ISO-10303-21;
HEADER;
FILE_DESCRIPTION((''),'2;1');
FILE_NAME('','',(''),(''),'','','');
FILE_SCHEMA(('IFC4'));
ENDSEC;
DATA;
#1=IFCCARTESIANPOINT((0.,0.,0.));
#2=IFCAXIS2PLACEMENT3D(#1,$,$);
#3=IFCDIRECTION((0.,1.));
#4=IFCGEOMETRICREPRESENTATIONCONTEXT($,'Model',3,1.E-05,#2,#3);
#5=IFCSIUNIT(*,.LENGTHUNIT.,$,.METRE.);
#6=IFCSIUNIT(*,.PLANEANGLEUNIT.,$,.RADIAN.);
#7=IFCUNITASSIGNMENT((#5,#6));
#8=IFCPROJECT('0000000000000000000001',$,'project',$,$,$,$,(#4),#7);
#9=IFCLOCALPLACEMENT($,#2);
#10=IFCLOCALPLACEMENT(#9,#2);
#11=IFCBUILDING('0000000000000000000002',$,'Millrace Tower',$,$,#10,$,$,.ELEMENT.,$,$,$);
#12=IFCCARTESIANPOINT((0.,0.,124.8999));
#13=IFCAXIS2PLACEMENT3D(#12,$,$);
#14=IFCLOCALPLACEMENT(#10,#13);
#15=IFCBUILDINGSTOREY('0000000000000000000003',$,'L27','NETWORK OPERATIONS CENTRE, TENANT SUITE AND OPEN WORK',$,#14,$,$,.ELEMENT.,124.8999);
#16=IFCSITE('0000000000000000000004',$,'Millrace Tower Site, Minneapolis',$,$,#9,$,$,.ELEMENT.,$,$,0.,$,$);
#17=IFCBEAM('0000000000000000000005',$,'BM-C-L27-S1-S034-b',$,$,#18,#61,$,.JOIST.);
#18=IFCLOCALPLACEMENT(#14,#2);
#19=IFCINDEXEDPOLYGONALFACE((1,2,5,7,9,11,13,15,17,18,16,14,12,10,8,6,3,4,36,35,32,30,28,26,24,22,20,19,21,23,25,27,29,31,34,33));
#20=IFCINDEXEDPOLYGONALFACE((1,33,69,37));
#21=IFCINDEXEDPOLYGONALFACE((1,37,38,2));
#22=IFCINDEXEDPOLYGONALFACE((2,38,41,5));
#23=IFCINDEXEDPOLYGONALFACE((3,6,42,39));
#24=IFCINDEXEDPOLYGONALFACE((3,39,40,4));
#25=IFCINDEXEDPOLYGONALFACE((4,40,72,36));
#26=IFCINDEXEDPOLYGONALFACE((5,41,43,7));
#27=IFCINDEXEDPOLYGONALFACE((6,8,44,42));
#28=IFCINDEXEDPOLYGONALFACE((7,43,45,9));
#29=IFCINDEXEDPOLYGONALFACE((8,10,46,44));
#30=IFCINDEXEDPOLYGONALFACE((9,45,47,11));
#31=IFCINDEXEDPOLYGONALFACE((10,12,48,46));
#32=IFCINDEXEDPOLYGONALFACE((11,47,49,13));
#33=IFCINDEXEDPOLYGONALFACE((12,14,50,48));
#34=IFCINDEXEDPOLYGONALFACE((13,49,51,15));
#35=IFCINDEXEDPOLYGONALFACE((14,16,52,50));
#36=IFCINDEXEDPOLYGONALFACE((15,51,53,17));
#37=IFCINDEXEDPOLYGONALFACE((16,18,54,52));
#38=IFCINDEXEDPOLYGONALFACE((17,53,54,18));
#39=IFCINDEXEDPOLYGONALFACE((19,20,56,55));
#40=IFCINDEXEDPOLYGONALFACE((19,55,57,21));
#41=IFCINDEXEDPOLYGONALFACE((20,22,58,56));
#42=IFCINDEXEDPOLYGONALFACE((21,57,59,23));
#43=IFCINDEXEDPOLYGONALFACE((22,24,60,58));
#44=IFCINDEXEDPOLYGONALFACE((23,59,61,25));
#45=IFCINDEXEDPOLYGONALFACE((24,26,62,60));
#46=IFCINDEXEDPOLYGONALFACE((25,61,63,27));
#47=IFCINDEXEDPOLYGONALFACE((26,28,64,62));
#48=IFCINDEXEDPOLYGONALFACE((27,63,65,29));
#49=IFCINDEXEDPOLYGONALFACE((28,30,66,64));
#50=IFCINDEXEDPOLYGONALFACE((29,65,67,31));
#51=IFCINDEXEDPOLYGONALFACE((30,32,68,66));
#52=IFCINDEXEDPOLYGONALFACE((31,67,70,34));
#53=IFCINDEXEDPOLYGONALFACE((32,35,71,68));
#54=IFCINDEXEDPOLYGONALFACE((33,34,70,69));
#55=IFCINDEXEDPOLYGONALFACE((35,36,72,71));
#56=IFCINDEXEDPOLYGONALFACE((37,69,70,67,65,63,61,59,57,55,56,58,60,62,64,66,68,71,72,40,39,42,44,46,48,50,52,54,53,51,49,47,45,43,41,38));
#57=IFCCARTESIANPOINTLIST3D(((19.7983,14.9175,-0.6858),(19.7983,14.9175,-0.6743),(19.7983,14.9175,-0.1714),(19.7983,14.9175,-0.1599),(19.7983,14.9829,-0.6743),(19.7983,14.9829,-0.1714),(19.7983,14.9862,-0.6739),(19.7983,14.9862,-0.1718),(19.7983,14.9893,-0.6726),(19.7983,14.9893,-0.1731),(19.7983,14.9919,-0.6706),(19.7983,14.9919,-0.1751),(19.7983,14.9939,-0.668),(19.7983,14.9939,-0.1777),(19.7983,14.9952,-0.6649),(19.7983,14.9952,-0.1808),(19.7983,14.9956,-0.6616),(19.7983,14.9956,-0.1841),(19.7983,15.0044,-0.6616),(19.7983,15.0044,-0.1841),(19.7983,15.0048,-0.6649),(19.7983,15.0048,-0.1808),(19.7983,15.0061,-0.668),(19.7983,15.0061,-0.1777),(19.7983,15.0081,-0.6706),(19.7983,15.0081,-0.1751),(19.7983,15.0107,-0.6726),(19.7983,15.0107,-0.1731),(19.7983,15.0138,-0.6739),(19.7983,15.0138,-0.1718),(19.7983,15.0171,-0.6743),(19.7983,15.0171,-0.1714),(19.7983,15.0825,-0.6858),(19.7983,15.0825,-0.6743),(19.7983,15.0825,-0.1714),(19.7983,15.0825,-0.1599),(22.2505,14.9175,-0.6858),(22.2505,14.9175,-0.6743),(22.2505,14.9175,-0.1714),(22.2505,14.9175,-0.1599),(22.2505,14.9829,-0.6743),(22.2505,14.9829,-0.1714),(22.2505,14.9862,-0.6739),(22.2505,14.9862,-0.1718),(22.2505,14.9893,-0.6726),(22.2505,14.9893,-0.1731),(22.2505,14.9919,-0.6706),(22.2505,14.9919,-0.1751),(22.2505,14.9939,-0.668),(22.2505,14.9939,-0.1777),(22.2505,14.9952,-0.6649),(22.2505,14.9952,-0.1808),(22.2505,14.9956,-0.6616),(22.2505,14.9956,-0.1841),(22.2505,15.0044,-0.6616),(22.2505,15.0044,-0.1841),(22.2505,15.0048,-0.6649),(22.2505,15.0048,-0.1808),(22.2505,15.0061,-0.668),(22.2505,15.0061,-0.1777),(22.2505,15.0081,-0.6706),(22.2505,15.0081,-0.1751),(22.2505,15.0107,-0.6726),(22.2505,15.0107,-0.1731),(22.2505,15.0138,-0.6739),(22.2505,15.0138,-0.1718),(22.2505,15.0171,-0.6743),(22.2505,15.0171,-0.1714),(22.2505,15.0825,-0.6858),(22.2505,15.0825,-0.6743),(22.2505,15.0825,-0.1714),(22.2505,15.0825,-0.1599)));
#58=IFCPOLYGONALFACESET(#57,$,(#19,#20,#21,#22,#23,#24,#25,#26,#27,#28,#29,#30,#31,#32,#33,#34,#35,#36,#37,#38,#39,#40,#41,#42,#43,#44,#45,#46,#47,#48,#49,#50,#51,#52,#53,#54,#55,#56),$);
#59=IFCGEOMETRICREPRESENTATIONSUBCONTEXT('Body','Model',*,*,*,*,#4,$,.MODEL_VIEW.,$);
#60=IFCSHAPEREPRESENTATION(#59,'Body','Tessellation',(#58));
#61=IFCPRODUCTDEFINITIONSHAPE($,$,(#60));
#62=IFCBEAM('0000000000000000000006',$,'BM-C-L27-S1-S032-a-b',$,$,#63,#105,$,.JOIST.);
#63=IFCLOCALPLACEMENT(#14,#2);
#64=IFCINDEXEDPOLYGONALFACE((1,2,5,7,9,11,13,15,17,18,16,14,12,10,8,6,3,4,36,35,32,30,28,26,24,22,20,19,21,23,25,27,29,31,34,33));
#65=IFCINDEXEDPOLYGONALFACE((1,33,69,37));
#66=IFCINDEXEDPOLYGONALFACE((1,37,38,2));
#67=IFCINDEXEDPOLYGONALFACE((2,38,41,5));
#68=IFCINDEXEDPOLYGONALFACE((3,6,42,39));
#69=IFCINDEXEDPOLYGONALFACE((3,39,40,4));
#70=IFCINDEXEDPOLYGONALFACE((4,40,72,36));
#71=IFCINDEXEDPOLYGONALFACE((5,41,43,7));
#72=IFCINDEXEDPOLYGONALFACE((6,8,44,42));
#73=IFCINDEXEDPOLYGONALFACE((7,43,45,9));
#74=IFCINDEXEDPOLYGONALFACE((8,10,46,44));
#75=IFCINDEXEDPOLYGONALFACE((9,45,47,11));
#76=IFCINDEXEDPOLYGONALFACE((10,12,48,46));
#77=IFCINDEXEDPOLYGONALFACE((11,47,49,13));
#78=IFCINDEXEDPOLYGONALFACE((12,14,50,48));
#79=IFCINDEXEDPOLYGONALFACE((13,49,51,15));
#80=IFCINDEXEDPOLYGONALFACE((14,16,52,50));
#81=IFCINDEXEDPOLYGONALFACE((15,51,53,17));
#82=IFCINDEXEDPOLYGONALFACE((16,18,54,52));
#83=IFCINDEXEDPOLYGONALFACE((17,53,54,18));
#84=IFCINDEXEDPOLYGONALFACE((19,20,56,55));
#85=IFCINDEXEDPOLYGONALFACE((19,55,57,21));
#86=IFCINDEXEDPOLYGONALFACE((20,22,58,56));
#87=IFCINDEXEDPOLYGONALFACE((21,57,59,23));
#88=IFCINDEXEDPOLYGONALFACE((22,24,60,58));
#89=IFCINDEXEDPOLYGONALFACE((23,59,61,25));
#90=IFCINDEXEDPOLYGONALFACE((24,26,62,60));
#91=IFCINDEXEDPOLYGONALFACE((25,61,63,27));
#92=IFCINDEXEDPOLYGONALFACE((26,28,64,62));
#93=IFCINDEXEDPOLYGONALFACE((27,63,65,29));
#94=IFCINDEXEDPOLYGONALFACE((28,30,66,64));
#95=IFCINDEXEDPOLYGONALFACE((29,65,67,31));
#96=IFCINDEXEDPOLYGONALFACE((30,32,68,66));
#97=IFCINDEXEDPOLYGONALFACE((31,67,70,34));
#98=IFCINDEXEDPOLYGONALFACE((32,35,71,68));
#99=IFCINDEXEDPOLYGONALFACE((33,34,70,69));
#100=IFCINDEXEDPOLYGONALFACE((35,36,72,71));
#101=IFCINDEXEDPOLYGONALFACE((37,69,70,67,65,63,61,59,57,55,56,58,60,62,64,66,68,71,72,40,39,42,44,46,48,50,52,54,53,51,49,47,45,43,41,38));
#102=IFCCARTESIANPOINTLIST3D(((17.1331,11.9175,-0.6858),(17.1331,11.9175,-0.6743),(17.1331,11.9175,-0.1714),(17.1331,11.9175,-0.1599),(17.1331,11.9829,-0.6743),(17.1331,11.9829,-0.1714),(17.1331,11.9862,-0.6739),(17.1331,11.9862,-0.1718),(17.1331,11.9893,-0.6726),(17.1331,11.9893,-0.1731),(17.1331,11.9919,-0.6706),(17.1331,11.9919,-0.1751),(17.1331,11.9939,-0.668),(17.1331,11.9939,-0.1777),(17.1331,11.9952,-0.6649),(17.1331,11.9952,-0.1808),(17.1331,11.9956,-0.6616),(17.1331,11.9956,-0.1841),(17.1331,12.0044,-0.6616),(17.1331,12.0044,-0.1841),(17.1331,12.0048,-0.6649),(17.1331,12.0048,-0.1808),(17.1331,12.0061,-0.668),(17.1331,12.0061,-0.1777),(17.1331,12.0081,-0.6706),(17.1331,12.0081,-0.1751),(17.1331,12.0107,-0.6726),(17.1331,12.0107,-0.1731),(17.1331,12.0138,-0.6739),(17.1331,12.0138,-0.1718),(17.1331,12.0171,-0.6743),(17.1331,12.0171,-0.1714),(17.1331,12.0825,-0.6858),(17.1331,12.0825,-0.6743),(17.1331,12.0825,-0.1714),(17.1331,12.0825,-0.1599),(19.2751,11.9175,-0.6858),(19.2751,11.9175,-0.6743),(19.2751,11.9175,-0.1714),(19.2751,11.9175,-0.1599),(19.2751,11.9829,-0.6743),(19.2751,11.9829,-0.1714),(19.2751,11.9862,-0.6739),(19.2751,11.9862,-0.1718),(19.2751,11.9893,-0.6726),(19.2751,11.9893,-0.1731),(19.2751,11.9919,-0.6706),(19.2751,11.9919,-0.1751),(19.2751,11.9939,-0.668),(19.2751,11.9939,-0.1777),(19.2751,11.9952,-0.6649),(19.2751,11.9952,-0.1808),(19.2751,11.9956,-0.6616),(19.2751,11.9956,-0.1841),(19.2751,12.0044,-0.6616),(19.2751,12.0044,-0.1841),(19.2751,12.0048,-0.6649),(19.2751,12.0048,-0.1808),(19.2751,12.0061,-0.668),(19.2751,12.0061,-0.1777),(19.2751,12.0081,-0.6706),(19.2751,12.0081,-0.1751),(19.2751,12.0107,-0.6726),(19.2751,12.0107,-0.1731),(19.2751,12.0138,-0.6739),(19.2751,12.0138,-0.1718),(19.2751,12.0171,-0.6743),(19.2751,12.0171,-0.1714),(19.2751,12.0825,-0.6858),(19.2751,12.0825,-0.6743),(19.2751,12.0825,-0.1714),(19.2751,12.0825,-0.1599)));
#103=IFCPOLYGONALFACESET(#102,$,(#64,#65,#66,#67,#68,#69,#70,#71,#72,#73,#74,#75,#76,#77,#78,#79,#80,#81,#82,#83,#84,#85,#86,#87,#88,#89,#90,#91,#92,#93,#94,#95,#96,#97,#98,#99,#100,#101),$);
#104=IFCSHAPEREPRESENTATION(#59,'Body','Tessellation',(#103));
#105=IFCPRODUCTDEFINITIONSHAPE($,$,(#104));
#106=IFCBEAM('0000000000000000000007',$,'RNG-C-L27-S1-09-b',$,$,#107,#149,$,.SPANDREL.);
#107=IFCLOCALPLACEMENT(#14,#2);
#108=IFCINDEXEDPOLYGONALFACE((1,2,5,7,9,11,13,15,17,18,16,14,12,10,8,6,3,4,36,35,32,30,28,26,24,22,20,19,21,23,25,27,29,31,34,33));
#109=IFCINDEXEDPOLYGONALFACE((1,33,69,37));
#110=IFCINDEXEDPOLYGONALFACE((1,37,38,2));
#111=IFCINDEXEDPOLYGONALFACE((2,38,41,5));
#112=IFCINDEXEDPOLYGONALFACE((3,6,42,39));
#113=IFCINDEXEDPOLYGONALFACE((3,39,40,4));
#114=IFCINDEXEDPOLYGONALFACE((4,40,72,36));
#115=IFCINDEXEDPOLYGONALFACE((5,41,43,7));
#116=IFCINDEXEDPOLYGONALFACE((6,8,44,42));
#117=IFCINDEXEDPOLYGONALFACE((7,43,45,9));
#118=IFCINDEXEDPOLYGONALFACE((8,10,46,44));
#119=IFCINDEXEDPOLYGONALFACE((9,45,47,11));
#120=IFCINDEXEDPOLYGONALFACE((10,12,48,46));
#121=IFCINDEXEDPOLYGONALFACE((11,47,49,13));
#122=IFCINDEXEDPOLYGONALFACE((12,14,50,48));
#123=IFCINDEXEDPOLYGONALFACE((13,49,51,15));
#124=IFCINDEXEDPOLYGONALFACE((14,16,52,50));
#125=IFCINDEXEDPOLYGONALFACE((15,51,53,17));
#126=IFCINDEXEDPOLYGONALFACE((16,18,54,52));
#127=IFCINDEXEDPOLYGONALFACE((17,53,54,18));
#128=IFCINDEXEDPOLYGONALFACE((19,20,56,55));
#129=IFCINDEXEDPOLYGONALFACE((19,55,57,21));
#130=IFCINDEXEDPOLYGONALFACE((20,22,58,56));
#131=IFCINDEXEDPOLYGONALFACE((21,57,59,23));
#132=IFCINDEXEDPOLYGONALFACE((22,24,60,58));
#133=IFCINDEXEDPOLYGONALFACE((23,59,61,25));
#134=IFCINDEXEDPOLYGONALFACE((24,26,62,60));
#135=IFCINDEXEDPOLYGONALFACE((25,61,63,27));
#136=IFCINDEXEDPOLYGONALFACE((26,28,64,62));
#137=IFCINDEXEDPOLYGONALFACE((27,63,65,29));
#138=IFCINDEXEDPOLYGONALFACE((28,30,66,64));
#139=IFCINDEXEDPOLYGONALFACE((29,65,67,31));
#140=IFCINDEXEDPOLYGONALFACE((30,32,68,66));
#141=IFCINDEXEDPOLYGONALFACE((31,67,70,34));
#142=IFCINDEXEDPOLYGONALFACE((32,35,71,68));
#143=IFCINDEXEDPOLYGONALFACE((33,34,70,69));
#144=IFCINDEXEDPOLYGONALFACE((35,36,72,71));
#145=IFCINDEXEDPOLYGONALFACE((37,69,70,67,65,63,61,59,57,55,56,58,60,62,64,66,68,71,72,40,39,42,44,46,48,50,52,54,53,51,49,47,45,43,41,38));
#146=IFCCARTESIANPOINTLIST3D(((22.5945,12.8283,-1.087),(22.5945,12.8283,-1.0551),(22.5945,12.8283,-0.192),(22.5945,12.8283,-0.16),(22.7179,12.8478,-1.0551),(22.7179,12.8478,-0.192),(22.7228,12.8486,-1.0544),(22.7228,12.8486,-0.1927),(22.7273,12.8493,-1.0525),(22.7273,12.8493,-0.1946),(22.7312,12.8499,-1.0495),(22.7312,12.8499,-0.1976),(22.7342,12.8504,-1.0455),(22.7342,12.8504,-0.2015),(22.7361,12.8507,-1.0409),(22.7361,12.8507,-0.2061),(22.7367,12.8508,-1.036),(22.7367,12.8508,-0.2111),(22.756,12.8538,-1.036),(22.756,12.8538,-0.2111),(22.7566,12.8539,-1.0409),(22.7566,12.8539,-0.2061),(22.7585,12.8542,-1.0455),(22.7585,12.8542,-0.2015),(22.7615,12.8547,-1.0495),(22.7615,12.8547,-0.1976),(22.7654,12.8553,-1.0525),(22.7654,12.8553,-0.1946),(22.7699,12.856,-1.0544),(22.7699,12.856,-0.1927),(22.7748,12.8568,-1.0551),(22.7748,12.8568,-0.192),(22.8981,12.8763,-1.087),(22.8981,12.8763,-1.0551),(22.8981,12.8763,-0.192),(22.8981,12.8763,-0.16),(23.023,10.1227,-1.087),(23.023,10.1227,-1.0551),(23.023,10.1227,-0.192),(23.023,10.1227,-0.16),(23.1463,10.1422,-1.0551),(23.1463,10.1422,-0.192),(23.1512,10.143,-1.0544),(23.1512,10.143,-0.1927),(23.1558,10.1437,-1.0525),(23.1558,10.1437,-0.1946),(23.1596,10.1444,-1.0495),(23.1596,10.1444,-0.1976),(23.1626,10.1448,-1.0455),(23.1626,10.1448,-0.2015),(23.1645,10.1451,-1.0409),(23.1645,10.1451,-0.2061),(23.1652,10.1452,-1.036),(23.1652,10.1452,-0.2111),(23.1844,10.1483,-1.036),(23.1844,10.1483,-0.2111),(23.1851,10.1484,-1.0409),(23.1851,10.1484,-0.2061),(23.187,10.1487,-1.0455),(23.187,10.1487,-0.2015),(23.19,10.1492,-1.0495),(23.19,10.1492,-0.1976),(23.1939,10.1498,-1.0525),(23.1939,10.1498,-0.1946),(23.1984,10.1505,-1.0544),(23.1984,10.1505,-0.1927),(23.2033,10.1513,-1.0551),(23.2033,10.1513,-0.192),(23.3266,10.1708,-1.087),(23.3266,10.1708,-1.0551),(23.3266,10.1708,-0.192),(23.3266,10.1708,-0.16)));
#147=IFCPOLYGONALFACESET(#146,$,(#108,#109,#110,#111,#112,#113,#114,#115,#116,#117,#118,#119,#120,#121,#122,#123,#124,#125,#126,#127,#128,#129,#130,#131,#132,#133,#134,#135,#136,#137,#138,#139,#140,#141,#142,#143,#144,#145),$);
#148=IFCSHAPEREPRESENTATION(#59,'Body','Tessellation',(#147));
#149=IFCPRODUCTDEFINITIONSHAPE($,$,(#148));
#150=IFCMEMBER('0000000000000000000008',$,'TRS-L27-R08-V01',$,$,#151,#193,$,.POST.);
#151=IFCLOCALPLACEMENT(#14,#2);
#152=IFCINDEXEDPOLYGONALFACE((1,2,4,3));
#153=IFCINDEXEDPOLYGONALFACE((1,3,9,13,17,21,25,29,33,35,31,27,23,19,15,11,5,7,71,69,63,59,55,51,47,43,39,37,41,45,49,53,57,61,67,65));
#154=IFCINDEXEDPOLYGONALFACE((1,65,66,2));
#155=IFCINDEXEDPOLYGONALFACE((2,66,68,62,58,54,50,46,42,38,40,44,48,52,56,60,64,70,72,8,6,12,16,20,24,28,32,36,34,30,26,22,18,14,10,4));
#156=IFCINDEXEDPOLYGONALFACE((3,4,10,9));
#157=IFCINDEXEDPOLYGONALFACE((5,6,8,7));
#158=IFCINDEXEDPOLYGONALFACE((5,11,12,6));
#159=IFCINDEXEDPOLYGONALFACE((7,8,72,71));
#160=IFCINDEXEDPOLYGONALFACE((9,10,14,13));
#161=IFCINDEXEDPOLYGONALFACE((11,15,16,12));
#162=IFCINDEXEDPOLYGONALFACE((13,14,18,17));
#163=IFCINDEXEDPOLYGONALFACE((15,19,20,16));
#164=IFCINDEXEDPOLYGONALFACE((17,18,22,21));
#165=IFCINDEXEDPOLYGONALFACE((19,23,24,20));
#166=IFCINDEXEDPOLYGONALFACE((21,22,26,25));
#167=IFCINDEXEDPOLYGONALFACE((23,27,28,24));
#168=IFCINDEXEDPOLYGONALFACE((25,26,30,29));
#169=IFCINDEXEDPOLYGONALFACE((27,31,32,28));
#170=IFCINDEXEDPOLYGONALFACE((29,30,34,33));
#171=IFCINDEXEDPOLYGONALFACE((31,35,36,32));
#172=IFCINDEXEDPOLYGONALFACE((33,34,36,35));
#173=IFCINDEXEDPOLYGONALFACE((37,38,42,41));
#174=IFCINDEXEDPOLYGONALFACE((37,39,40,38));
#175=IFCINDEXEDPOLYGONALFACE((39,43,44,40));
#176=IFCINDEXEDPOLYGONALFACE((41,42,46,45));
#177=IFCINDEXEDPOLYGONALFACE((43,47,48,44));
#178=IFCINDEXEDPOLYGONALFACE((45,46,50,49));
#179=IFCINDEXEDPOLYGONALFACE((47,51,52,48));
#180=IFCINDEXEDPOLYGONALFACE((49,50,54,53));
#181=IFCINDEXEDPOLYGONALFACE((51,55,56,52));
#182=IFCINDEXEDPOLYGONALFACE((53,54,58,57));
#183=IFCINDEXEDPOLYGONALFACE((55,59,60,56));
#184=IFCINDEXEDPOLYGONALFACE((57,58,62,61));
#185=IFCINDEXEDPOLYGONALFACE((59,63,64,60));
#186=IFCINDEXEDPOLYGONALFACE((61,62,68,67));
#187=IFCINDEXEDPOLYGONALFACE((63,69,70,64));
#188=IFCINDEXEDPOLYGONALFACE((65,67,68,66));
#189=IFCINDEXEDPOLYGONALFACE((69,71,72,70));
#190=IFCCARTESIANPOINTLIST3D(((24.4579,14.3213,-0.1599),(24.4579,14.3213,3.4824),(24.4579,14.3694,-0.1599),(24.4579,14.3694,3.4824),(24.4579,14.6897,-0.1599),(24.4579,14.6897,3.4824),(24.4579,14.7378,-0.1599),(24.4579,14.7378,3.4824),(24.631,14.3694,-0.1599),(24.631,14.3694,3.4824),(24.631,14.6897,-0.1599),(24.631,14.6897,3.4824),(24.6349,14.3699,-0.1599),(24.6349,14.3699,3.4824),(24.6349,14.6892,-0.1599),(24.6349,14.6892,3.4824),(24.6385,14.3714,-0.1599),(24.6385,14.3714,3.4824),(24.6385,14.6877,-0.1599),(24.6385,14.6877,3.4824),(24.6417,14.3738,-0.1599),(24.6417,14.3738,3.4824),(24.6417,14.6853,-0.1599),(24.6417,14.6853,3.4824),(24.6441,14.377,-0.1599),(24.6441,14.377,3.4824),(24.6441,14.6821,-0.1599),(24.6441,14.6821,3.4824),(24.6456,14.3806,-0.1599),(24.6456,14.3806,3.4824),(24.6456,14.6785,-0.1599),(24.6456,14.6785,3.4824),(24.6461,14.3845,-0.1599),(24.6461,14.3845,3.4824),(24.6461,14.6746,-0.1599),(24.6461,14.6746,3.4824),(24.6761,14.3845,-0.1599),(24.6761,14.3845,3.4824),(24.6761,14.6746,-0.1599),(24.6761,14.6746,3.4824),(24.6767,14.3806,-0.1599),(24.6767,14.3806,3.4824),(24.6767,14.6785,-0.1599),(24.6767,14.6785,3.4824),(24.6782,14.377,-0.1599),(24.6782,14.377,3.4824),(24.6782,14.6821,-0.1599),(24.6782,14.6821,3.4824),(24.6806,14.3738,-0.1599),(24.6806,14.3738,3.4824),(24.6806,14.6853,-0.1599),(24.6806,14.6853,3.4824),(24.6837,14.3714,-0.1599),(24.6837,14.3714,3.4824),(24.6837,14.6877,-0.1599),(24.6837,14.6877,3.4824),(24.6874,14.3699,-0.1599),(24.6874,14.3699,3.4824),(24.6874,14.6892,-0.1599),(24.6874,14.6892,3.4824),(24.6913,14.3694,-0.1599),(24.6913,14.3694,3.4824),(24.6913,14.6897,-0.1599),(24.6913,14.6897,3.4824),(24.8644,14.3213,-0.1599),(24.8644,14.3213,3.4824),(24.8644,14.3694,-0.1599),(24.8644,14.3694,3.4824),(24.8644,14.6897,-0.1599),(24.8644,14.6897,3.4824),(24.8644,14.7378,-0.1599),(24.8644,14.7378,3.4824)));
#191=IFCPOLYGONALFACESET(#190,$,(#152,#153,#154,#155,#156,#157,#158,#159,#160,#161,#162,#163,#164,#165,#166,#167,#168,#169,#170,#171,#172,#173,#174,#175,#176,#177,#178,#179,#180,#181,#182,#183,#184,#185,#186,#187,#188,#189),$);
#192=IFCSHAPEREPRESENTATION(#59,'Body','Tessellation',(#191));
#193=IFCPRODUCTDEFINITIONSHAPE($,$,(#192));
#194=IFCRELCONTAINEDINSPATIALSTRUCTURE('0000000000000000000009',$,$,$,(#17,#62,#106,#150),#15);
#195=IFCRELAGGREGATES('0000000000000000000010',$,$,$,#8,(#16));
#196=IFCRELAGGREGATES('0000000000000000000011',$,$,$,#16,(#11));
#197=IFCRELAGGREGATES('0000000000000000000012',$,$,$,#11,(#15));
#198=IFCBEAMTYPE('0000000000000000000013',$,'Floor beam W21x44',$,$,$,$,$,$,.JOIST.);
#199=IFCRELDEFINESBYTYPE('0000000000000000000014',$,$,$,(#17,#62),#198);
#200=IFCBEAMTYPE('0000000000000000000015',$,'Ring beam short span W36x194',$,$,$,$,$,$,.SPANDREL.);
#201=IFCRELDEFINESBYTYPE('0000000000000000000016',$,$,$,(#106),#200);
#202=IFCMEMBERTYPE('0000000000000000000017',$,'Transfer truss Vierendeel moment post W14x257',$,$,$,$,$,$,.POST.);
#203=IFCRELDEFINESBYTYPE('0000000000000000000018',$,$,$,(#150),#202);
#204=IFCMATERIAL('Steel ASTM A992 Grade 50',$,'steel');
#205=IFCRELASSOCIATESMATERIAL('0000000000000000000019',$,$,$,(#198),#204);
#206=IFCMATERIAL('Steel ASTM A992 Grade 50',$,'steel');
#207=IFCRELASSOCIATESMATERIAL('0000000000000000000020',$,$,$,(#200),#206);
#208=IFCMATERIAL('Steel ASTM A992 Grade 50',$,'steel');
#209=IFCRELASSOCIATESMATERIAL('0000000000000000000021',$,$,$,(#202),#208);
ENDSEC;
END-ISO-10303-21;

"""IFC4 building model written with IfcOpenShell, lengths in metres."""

from ifc_helpers import new_model, si_unit, direction, frame, origin, origin_2d, place, context, subcontext, project, spatial, i_section, extrude, material, material_profile, profile_set, type_object, element, save


model = new_model("IFC4")

# Units and contexts
model_context = context("Model", 3, precision=1e-05, world=origin(), true_north=direction((0.0, 1.0)))
body_context = subcontext(model_context, "Body", "Model", "MODEL_VIEW")
ifc_project = project(units=[si_unit("LENGTHUNIT", "METRE"), si_unit("PLANEANGLEUNIT", "RADIAN")], contexts=[model_context])

# Site, building, storey
site_placement = place(None, origin())
site = spatial("IfcSite", under=ifc_project, at=site_placement, Name="Millrace Tower Site, Minneapolis", CompositionType="ELEMENT", RefElevation=0.0)
building_placement = place(site_placement, origin())
building = spatial("IfcBuilding", under=site, at=building_placement, Name="Millrace Tower", CompositionType="ELEMENT")
storey_placement = place(building_placement, frame((0.0, 0.0, 124.8999)))
storey = spatial("IfcBuildingStorey", under=building, at=storey_placement, Name="L27", Description="NETWORK OPERATIONS CENTRE, TENANT SUITE AND OPEN WORK", CompositionType="ELEMENT", Elevation=124.8999)

# Beams
ifc_material_1 = material(Name="Steel ASTM A992 Grade 50", Category="steel")
ifc_material_profile_1 = material_profile(ifc_material_1, i_section(OverallWidth=0.165, OverallDepth=0.5259, WebThickness=0.0088, FlangeThickness=0.0115, FilletRadius=0.0127, at=origin_2d()))
ifc_profile_set_1 = profile_set([ifc_material_profile_1], Name="Steel ASTM A992 Grade 50")
beam_type_1 = type_object("IfcBeamType", Name="Floor beam W21x44", PredefinedType="JOIST", material=ifc_profile_set_1)
beam_1_placement = place(storey_placement, frame((19.7983, 15.0, -0.4229), z_axis=(1.0, 0.0, 0.0), x_axis=(0.0, 1.0, 0.0)))
element("IfcBeam", 1, at=beam_1_placement, inside=storey, type_object=beam_type_1, Name="BM-C-L27-S1-S034-b", PredefinedType="JOIST", context=body_context, shape_type="SweptSolid", body=[
    extrude(i_section(OverallWidth=0.165, OverallDepth=0.5259, WebThickness=0.0088, FlangeThickness=0.0115, FilletRadius=0.0127, at=origin_2d()), origin(), (0.0, 0.0, 1.0), 2.4521),
])
beam_2_placement = place(storey_placement, frame((17.1331, 12.0, -0.4229), z_axis=(1.0, 0.0, 0.0), x_axis=(0.0, 1.0, 0.0)))
element("IfcBeam", 2, at=beam_2_placement, inside=storey, type_object=beam_type_1, Name="BM-C-L27-S1-S032-a-b", PredefinedType="JOIST", context=body_context, shape_type="SweptSolid", body=[
    extrude(i_section(OverallWidth=0.165, OverallDepth=0.5259, WebThickness=0.0088, FlangeThickness=0.0115, FilletRadius=0.0127, at=origin_2d()), origin(), (0.0, 0.0, 1.0), 2.1421),
])
ifc_material_2 = material(Name="Steel ASTM A992 Grade 50", Category="steel")
ifc_material_profile_2 = material_profile(ifc_material_2, i_section(OverallWidth=0.3074, OverallDepth=0.927, WebThickness=0.0195, FlangeThickness=0.032, FilletRadius=0.019, at=origin_2d()))
ifc_profile_set_2 = profile_set([ifc_material_profile_2], Name="Steel ASTM A992 Grade 50")
beam_type_2 = type_object("IfcBeamType", Name="Ring beam short span W36x194", PredefinedType="SPANDREL", material=ifc_profile_set_2)
beam_3_placement = place(storey_placement, frame((22.7463, 12.8523, -0.6235), z_axis=(0.156416, -0.987691, 0.0), x_axis=(0.987691, 0.156416, 0.0)))
element("IfcBeam", 3, at=beam_3_placement, inside=storey, type_object=beam_type_2, Name="RNG-C-L27-S1-09-b", PredefinedType="SPANDREL", context=body_context, shape_type="SweptSolid", body=[
    extrude(i_section(OverallWidth=0.3074, OverallDepth=0.927, WebThickness=0.0195, FlangeThickness=0.032, FilletRadius=0.019, at=origin_2d()), origin(), (0.0, 0.0, 1.0), 2.7393),
])

# Member
ifc_material_3 = material(Name="Steel ASTM A992 Grade 50", Category="steel")
ifc_material_profile_3 = material_profile(ifc_material_3, i_section(OverallWidth=0.4065, OverallDepth=0.4165, WebThickness=0.03, FlangeThickness=0.0481, FilletRadius=0.0151, at=origin_2d()))
ifc_profile_set_3 = profile_set([ifc_material_profile_3], Name="Steel ASTM A992 Grade 50")
member_type_1 = type_object("IfcMemberType", Name="Transfer truss Vierendeel moment post W14x257", PredefinedType="POST", material=ifc_profile_set_3)
for number, where, z_axis, x_axis, name in (
    (4, (24.6611, 14.5295, -0.1599), (0.0, 0.0, 1.0), (1.0, 0.0, 0.0), "TRS-L27-R08-V01"),
):
    element("IfcMember", number, at=place(storey_placement, frame(where, z_axis=z_axis, x_axis=x_axis)), inside=storey, type_object=member_type_1, Name=name, PredefinedType="POST", context=body_context, shape_type="SweptSolid", body=[
        extrude(i_section(OverallWidth=0.4065, OverallDepth=0.4165, WebThickness=0.03, FlangeThickness=0.0481, FilletRadius=0.0151, at=origin_2d()), origin(), (0.0, 0.0, 1.0), 3.6423),
    ])

save(model, "model.ifc")
